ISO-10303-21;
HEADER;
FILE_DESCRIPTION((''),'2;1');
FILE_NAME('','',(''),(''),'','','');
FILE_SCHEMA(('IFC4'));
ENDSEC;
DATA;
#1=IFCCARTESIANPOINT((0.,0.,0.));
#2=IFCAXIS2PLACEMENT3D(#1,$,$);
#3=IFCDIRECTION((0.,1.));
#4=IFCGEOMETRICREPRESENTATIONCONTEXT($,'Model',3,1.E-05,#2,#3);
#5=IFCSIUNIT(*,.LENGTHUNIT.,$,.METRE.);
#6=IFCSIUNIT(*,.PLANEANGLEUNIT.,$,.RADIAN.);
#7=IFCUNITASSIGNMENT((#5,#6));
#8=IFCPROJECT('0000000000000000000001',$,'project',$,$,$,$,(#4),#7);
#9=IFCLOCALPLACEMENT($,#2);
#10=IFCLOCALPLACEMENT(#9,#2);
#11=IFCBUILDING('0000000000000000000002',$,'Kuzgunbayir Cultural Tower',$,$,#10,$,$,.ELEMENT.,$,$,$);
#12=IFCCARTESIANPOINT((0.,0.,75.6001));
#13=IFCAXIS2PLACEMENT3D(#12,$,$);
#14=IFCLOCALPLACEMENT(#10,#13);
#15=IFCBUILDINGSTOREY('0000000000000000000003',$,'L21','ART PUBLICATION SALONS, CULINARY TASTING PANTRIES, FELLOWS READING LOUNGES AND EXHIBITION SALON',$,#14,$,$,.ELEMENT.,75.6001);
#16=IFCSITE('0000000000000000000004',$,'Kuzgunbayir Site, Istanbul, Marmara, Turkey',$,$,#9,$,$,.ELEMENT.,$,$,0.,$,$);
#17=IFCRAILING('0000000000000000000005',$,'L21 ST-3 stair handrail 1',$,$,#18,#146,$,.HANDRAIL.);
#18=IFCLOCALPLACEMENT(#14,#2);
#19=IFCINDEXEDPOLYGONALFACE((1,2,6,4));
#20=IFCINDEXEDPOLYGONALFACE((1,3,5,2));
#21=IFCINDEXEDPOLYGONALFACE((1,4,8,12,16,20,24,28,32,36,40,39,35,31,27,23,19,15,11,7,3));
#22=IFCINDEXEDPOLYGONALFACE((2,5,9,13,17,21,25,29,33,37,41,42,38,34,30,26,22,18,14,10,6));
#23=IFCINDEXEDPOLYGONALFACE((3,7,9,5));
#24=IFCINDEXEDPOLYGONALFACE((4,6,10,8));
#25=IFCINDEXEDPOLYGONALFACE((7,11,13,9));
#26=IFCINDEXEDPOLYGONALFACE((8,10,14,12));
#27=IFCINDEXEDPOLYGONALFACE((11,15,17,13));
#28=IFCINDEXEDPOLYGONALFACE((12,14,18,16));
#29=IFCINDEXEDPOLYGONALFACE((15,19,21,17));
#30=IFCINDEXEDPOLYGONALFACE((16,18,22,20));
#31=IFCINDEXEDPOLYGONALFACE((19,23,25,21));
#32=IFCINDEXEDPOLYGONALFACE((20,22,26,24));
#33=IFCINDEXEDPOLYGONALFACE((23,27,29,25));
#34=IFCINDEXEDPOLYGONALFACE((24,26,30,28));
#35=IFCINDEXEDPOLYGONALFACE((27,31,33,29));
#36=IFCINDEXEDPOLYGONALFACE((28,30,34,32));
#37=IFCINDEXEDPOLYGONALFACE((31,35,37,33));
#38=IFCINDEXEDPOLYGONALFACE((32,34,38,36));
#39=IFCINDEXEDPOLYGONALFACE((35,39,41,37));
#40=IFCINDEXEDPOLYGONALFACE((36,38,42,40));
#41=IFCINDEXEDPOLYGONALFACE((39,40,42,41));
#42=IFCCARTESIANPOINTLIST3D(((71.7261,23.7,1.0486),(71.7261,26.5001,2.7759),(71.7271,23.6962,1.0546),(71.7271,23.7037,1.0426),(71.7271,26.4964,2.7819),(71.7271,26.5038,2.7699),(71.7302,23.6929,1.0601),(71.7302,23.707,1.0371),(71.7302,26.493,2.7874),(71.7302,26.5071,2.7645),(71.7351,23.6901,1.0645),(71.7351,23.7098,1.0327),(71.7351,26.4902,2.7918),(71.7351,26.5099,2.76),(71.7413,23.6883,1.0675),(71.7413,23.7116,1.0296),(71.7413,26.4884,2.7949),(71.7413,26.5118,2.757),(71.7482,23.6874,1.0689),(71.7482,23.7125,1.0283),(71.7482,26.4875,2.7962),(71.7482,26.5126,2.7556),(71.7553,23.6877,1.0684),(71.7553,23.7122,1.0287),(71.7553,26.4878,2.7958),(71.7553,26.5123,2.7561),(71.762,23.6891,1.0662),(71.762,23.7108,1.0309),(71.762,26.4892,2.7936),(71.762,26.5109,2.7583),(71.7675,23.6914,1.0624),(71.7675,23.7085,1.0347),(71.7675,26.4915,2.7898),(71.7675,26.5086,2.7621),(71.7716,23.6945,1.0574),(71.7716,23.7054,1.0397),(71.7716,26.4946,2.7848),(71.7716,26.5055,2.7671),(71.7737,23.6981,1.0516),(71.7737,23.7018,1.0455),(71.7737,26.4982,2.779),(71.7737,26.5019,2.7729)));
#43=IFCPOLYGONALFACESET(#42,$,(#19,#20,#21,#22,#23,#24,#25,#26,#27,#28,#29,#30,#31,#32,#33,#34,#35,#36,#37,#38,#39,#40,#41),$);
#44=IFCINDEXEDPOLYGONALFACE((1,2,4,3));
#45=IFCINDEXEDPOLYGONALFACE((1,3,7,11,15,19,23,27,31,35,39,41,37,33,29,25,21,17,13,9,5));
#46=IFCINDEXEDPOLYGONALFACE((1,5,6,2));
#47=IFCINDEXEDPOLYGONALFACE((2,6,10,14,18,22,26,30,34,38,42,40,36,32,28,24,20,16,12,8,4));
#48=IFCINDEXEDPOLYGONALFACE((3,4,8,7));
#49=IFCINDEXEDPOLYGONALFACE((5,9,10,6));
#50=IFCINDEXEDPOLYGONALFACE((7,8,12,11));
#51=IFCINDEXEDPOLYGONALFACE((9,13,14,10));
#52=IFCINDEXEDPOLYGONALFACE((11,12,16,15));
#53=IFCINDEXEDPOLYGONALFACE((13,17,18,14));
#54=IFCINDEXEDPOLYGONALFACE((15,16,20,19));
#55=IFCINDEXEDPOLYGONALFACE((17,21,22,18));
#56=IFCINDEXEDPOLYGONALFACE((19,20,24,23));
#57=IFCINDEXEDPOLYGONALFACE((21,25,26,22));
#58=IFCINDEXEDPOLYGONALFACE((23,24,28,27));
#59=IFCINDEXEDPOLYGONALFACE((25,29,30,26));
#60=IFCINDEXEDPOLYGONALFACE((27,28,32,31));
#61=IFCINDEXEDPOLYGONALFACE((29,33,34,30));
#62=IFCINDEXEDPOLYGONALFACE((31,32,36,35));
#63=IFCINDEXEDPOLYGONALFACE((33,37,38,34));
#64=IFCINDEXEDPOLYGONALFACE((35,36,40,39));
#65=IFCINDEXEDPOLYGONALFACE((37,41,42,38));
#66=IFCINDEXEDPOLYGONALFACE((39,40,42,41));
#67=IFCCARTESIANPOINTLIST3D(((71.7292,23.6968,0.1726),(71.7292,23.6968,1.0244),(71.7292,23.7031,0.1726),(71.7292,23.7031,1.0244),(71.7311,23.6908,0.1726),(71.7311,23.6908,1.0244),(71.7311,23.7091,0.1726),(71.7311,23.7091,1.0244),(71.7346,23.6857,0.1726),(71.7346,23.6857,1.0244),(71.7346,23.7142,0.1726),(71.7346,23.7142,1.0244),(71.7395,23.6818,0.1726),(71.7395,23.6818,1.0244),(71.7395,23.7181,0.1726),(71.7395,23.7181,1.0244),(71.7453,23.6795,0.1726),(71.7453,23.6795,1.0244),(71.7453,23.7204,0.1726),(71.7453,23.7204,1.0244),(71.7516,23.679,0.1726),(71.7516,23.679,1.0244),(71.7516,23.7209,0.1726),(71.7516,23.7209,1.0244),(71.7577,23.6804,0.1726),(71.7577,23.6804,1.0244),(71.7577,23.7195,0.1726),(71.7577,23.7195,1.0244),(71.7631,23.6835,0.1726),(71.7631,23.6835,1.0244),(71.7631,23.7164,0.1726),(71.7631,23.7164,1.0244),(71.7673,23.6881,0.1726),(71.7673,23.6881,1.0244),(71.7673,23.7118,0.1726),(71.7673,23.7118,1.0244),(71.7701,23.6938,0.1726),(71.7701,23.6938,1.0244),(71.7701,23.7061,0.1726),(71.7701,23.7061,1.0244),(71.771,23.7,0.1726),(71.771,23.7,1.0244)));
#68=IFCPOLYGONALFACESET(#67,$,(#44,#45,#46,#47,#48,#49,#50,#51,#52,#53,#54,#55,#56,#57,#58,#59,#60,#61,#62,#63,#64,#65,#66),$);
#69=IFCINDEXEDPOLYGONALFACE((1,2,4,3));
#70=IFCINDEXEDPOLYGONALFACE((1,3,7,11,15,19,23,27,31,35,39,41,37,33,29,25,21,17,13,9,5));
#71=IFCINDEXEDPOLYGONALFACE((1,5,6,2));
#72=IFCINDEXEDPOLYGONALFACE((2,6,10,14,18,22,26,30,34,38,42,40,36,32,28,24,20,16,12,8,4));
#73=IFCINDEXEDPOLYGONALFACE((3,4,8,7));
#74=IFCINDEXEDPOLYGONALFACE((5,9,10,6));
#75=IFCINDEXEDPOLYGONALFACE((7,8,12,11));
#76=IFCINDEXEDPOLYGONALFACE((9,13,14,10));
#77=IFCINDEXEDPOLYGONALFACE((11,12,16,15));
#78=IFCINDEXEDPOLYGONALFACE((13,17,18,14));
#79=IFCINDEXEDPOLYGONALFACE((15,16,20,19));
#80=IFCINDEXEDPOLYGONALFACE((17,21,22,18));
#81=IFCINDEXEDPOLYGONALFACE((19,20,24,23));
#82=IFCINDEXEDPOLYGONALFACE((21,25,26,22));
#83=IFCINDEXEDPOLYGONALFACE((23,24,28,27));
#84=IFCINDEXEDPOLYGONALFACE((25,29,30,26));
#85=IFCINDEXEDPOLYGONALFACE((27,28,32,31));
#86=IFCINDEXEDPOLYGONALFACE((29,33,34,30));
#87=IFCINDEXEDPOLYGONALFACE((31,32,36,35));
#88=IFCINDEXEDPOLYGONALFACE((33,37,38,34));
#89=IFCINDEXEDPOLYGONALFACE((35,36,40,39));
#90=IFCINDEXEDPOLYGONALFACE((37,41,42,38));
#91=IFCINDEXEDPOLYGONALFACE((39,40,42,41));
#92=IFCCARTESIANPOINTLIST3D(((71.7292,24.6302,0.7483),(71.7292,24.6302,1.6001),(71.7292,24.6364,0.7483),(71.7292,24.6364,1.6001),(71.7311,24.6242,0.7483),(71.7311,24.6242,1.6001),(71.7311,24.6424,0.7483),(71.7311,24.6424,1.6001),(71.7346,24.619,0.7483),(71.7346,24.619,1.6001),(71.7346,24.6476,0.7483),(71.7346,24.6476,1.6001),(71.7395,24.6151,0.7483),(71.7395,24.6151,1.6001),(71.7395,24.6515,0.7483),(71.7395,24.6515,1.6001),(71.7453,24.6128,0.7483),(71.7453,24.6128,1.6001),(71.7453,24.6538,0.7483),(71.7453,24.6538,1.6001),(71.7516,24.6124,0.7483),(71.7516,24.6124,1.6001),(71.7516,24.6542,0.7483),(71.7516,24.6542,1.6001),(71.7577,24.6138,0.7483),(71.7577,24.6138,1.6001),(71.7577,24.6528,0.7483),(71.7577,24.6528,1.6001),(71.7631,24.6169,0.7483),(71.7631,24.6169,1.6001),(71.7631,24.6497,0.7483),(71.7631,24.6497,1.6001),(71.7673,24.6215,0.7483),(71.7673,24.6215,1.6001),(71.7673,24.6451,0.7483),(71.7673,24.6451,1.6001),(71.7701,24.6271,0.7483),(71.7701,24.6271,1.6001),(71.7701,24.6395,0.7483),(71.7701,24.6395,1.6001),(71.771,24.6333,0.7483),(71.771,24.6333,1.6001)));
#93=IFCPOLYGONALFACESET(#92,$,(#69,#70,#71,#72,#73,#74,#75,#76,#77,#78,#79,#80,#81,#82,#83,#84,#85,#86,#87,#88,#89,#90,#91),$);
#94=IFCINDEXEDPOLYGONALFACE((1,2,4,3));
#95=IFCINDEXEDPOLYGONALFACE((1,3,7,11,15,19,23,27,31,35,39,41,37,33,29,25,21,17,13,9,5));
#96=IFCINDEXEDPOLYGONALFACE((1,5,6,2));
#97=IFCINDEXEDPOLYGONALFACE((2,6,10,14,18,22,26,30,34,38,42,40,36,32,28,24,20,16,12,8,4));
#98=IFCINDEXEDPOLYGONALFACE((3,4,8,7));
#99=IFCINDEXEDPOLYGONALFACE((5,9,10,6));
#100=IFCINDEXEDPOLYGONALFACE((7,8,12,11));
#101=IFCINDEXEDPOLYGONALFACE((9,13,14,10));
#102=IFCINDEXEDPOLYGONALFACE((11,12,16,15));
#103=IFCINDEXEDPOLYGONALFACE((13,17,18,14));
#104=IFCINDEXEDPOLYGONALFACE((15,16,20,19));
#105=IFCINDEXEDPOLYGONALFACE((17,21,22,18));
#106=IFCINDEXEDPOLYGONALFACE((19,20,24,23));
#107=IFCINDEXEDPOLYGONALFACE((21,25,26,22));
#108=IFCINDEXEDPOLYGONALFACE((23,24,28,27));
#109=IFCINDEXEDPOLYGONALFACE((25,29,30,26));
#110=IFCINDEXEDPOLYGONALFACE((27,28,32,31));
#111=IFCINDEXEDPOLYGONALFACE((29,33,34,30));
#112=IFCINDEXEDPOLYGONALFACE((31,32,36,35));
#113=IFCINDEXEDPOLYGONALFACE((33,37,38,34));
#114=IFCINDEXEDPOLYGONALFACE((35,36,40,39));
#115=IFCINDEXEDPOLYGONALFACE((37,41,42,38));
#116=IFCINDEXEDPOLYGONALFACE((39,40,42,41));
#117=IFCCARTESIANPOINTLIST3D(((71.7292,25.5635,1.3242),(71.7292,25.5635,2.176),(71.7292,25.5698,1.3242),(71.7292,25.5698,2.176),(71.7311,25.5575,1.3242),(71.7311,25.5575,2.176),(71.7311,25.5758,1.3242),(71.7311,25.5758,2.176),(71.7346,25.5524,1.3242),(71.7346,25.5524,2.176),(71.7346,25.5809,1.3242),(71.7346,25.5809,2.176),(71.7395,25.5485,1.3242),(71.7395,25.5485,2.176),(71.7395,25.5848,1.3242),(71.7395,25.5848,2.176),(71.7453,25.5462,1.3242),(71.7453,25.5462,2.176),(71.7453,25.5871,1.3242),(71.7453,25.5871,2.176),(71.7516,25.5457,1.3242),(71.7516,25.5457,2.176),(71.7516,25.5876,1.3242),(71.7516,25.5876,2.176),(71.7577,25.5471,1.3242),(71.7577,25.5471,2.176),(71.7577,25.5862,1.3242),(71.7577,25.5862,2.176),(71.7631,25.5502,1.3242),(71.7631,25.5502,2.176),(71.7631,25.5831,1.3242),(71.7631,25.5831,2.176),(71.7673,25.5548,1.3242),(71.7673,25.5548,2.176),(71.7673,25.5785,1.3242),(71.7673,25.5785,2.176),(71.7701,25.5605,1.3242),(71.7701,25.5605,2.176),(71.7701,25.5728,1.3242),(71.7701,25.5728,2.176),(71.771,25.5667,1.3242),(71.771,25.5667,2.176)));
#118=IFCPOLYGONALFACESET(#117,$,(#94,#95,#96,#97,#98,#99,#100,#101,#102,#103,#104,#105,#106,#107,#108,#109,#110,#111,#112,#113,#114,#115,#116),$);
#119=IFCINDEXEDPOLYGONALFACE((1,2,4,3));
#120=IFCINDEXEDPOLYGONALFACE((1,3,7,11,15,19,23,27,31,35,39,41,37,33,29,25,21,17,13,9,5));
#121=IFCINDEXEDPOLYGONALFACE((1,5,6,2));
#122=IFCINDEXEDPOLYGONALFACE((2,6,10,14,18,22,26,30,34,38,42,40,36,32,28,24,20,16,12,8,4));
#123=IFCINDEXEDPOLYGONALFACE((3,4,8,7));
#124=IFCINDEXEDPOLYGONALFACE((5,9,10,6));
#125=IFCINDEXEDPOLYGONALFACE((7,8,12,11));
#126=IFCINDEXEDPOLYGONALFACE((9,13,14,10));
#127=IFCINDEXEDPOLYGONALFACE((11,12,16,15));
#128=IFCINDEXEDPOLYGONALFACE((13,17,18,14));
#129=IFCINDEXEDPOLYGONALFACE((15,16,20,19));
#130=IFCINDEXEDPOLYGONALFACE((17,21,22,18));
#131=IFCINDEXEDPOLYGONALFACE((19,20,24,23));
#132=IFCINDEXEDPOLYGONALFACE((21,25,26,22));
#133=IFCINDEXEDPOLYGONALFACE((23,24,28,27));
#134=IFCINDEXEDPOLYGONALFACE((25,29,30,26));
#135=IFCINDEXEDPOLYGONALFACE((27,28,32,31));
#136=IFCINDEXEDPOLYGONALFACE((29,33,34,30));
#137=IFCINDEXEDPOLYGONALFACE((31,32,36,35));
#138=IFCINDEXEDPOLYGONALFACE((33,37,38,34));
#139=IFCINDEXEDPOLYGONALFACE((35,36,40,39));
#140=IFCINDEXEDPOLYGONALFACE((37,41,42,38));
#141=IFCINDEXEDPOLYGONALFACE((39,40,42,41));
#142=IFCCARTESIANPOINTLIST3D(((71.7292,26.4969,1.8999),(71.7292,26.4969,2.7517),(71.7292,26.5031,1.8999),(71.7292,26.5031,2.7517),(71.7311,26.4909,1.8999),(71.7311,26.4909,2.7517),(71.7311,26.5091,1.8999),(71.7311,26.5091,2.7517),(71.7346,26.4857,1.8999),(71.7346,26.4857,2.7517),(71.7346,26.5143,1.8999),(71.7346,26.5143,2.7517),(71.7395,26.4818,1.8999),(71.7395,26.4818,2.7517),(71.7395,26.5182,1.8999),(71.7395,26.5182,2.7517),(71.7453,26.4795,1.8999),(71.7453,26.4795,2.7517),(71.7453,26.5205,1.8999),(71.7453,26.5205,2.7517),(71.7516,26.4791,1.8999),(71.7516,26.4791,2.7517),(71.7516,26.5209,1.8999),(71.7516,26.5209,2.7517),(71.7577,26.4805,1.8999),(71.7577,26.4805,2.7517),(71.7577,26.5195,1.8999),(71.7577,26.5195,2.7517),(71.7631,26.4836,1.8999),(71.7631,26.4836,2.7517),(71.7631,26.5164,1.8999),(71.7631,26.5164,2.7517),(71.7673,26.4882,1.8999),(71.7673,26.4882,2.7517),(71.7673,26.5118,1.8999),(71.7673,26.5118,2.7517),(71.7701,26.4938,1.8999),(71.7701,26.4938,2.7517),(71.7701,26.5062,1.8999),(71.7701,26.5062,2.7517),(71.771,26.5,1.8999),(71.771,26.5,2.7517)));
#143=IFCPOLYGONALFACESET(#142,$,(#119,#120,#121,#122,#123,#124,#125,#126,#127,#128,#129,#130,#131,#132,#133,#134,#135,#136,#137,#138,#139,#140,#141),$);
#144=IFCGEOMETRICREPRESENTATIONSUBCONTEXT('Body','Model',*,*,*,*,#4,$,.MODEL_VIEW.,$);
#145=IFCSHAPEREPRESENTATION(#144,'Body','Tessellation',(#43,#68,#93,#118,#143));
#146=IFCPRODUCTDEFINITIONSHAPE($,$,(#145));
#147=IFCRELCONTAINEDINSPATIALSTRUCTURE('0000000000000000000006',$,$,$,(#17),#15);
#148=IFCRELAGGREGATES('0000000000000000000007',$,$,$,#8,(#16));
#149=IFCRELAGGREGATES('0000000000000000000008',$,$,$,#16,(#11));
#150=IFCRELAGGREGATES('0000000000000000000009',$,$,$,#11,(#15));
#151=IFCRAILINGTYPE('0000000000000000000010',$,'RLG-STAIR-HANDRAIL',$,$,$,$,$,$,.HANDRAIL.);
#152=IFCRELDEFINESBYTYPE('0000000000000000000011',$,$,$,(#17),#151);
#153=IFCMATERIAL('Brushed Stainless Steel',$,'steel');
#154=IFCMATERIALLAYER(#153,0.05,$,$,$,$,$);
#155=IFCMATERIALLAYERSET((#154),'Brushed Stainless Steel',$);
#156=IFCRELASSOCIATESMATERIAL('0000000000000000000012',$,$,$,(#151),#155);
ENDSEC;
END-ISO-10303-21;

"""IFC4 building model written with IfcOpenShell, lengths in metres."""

from ifc_helpers import new_model, si_unit, direction, frame, origin, origin_2d, place, context, subcontext, project, spatial, circle, extrude, material, layer, layer_set, type_object, element, save


model = new_model("IFC4")

# Units and contexts
model_context = context("Model", 3, precision=1e-05, world=origin(), true_north=direction((0.0, 1.0)))
body_context = subcontext(model_context, "Body", "Model", "MODEL_VIEW")
ifc_project = project(units=[si_unit("LENGTHUNIT", "METRE"), si_unit("PLANEANGLEUNIT", "RADIAN")], contexts=[model_context])

# Site, building, storey
site_placement = place(None, origin())
site = spatial("IfcSite", under=ifc_project, at=site_placement, Name="Kuzgunbayir Site, Istanbul, Marmara, Turkey", CompositionType="ELEMENT", RefElevation=0.0)
building_placement = place(site_placement, origin())
building = spatial("IfcBuilding", under=site, at=building_placement, Name="Kuzgunbayir Cultural Tower", CompositionType="ELEMENT")
storey_placement = place(building_placement, frame((0.0, 0.0, 75.6001)))
storey = spatial("IfcBuildingStorey", under=building, at=storey_placement, Name="L21", Description="ART PUBLICATION SALONS, CULINARY TASTING PANTRIES, FELLOWS READING LOUNGES AND EXHIBITION SALON", CompositionType="ELEMENT", Elevation=75.6001)

# Railing
ifc_material_1 = material(Name="Brushed Stainless Steel", Category="steel")
ifc_layer_1 = layer(ifc_material_1, 0.05)
ifc_layer_set_1 = layer_set([ifc_layer_1], Name="Brushed Stainless Steel")
railing_type_1 = type_object("IfcRailingType", Name="RLG-STAIR-HANDRAIL", PredefinedType="HANDRAIL", material=ifc_layer_set_1)
railing_1_placement = place(storey_placement, frame((71.75, 23.7, 0.1726)))
element("IfcRailing", 1, at=railing_1_placement, inside=storey, type_object=railing_type_1, Name="L21 ST-3 stair handrail 1", PredefinedType="HANDRAIL", context=body_context, shape_type="SweptSolid", body=[
    extrude(circle(Radius=0.0239, at=origin_2d()), frame((0.0, 0.0, 0.876), z_axis=(0.0, 0.85109, 0.52502), x_axis=(-1.0, 0.0, 0.0)), (0.0, 0.0, 1.0), 3.29),
    extrude(circle(Radius=0.021, at=origin_2d()), origin(), (0.0, 0.0, 1.0), 0.8518),
    extrude(circle(Radius=0.021, at=origin_2d()), frame((0.0, 0.9333, 0.5757)), (0.0, 0.0, 1.0), 0.8518),
    extrude(circle(Radius=0.021, at=origin_2d()), frame((0.0, 1.8667, 1.1516)), (0.0, 0.0, 1.0), 0.8518),
    extrude(circle(Radius=0.021, at=origin_2d()), frame((0.0, 2.8, 1.7273)), (0.0, 0.0, 1.0), 0.8518),
])

save(model, "model.ifc")
